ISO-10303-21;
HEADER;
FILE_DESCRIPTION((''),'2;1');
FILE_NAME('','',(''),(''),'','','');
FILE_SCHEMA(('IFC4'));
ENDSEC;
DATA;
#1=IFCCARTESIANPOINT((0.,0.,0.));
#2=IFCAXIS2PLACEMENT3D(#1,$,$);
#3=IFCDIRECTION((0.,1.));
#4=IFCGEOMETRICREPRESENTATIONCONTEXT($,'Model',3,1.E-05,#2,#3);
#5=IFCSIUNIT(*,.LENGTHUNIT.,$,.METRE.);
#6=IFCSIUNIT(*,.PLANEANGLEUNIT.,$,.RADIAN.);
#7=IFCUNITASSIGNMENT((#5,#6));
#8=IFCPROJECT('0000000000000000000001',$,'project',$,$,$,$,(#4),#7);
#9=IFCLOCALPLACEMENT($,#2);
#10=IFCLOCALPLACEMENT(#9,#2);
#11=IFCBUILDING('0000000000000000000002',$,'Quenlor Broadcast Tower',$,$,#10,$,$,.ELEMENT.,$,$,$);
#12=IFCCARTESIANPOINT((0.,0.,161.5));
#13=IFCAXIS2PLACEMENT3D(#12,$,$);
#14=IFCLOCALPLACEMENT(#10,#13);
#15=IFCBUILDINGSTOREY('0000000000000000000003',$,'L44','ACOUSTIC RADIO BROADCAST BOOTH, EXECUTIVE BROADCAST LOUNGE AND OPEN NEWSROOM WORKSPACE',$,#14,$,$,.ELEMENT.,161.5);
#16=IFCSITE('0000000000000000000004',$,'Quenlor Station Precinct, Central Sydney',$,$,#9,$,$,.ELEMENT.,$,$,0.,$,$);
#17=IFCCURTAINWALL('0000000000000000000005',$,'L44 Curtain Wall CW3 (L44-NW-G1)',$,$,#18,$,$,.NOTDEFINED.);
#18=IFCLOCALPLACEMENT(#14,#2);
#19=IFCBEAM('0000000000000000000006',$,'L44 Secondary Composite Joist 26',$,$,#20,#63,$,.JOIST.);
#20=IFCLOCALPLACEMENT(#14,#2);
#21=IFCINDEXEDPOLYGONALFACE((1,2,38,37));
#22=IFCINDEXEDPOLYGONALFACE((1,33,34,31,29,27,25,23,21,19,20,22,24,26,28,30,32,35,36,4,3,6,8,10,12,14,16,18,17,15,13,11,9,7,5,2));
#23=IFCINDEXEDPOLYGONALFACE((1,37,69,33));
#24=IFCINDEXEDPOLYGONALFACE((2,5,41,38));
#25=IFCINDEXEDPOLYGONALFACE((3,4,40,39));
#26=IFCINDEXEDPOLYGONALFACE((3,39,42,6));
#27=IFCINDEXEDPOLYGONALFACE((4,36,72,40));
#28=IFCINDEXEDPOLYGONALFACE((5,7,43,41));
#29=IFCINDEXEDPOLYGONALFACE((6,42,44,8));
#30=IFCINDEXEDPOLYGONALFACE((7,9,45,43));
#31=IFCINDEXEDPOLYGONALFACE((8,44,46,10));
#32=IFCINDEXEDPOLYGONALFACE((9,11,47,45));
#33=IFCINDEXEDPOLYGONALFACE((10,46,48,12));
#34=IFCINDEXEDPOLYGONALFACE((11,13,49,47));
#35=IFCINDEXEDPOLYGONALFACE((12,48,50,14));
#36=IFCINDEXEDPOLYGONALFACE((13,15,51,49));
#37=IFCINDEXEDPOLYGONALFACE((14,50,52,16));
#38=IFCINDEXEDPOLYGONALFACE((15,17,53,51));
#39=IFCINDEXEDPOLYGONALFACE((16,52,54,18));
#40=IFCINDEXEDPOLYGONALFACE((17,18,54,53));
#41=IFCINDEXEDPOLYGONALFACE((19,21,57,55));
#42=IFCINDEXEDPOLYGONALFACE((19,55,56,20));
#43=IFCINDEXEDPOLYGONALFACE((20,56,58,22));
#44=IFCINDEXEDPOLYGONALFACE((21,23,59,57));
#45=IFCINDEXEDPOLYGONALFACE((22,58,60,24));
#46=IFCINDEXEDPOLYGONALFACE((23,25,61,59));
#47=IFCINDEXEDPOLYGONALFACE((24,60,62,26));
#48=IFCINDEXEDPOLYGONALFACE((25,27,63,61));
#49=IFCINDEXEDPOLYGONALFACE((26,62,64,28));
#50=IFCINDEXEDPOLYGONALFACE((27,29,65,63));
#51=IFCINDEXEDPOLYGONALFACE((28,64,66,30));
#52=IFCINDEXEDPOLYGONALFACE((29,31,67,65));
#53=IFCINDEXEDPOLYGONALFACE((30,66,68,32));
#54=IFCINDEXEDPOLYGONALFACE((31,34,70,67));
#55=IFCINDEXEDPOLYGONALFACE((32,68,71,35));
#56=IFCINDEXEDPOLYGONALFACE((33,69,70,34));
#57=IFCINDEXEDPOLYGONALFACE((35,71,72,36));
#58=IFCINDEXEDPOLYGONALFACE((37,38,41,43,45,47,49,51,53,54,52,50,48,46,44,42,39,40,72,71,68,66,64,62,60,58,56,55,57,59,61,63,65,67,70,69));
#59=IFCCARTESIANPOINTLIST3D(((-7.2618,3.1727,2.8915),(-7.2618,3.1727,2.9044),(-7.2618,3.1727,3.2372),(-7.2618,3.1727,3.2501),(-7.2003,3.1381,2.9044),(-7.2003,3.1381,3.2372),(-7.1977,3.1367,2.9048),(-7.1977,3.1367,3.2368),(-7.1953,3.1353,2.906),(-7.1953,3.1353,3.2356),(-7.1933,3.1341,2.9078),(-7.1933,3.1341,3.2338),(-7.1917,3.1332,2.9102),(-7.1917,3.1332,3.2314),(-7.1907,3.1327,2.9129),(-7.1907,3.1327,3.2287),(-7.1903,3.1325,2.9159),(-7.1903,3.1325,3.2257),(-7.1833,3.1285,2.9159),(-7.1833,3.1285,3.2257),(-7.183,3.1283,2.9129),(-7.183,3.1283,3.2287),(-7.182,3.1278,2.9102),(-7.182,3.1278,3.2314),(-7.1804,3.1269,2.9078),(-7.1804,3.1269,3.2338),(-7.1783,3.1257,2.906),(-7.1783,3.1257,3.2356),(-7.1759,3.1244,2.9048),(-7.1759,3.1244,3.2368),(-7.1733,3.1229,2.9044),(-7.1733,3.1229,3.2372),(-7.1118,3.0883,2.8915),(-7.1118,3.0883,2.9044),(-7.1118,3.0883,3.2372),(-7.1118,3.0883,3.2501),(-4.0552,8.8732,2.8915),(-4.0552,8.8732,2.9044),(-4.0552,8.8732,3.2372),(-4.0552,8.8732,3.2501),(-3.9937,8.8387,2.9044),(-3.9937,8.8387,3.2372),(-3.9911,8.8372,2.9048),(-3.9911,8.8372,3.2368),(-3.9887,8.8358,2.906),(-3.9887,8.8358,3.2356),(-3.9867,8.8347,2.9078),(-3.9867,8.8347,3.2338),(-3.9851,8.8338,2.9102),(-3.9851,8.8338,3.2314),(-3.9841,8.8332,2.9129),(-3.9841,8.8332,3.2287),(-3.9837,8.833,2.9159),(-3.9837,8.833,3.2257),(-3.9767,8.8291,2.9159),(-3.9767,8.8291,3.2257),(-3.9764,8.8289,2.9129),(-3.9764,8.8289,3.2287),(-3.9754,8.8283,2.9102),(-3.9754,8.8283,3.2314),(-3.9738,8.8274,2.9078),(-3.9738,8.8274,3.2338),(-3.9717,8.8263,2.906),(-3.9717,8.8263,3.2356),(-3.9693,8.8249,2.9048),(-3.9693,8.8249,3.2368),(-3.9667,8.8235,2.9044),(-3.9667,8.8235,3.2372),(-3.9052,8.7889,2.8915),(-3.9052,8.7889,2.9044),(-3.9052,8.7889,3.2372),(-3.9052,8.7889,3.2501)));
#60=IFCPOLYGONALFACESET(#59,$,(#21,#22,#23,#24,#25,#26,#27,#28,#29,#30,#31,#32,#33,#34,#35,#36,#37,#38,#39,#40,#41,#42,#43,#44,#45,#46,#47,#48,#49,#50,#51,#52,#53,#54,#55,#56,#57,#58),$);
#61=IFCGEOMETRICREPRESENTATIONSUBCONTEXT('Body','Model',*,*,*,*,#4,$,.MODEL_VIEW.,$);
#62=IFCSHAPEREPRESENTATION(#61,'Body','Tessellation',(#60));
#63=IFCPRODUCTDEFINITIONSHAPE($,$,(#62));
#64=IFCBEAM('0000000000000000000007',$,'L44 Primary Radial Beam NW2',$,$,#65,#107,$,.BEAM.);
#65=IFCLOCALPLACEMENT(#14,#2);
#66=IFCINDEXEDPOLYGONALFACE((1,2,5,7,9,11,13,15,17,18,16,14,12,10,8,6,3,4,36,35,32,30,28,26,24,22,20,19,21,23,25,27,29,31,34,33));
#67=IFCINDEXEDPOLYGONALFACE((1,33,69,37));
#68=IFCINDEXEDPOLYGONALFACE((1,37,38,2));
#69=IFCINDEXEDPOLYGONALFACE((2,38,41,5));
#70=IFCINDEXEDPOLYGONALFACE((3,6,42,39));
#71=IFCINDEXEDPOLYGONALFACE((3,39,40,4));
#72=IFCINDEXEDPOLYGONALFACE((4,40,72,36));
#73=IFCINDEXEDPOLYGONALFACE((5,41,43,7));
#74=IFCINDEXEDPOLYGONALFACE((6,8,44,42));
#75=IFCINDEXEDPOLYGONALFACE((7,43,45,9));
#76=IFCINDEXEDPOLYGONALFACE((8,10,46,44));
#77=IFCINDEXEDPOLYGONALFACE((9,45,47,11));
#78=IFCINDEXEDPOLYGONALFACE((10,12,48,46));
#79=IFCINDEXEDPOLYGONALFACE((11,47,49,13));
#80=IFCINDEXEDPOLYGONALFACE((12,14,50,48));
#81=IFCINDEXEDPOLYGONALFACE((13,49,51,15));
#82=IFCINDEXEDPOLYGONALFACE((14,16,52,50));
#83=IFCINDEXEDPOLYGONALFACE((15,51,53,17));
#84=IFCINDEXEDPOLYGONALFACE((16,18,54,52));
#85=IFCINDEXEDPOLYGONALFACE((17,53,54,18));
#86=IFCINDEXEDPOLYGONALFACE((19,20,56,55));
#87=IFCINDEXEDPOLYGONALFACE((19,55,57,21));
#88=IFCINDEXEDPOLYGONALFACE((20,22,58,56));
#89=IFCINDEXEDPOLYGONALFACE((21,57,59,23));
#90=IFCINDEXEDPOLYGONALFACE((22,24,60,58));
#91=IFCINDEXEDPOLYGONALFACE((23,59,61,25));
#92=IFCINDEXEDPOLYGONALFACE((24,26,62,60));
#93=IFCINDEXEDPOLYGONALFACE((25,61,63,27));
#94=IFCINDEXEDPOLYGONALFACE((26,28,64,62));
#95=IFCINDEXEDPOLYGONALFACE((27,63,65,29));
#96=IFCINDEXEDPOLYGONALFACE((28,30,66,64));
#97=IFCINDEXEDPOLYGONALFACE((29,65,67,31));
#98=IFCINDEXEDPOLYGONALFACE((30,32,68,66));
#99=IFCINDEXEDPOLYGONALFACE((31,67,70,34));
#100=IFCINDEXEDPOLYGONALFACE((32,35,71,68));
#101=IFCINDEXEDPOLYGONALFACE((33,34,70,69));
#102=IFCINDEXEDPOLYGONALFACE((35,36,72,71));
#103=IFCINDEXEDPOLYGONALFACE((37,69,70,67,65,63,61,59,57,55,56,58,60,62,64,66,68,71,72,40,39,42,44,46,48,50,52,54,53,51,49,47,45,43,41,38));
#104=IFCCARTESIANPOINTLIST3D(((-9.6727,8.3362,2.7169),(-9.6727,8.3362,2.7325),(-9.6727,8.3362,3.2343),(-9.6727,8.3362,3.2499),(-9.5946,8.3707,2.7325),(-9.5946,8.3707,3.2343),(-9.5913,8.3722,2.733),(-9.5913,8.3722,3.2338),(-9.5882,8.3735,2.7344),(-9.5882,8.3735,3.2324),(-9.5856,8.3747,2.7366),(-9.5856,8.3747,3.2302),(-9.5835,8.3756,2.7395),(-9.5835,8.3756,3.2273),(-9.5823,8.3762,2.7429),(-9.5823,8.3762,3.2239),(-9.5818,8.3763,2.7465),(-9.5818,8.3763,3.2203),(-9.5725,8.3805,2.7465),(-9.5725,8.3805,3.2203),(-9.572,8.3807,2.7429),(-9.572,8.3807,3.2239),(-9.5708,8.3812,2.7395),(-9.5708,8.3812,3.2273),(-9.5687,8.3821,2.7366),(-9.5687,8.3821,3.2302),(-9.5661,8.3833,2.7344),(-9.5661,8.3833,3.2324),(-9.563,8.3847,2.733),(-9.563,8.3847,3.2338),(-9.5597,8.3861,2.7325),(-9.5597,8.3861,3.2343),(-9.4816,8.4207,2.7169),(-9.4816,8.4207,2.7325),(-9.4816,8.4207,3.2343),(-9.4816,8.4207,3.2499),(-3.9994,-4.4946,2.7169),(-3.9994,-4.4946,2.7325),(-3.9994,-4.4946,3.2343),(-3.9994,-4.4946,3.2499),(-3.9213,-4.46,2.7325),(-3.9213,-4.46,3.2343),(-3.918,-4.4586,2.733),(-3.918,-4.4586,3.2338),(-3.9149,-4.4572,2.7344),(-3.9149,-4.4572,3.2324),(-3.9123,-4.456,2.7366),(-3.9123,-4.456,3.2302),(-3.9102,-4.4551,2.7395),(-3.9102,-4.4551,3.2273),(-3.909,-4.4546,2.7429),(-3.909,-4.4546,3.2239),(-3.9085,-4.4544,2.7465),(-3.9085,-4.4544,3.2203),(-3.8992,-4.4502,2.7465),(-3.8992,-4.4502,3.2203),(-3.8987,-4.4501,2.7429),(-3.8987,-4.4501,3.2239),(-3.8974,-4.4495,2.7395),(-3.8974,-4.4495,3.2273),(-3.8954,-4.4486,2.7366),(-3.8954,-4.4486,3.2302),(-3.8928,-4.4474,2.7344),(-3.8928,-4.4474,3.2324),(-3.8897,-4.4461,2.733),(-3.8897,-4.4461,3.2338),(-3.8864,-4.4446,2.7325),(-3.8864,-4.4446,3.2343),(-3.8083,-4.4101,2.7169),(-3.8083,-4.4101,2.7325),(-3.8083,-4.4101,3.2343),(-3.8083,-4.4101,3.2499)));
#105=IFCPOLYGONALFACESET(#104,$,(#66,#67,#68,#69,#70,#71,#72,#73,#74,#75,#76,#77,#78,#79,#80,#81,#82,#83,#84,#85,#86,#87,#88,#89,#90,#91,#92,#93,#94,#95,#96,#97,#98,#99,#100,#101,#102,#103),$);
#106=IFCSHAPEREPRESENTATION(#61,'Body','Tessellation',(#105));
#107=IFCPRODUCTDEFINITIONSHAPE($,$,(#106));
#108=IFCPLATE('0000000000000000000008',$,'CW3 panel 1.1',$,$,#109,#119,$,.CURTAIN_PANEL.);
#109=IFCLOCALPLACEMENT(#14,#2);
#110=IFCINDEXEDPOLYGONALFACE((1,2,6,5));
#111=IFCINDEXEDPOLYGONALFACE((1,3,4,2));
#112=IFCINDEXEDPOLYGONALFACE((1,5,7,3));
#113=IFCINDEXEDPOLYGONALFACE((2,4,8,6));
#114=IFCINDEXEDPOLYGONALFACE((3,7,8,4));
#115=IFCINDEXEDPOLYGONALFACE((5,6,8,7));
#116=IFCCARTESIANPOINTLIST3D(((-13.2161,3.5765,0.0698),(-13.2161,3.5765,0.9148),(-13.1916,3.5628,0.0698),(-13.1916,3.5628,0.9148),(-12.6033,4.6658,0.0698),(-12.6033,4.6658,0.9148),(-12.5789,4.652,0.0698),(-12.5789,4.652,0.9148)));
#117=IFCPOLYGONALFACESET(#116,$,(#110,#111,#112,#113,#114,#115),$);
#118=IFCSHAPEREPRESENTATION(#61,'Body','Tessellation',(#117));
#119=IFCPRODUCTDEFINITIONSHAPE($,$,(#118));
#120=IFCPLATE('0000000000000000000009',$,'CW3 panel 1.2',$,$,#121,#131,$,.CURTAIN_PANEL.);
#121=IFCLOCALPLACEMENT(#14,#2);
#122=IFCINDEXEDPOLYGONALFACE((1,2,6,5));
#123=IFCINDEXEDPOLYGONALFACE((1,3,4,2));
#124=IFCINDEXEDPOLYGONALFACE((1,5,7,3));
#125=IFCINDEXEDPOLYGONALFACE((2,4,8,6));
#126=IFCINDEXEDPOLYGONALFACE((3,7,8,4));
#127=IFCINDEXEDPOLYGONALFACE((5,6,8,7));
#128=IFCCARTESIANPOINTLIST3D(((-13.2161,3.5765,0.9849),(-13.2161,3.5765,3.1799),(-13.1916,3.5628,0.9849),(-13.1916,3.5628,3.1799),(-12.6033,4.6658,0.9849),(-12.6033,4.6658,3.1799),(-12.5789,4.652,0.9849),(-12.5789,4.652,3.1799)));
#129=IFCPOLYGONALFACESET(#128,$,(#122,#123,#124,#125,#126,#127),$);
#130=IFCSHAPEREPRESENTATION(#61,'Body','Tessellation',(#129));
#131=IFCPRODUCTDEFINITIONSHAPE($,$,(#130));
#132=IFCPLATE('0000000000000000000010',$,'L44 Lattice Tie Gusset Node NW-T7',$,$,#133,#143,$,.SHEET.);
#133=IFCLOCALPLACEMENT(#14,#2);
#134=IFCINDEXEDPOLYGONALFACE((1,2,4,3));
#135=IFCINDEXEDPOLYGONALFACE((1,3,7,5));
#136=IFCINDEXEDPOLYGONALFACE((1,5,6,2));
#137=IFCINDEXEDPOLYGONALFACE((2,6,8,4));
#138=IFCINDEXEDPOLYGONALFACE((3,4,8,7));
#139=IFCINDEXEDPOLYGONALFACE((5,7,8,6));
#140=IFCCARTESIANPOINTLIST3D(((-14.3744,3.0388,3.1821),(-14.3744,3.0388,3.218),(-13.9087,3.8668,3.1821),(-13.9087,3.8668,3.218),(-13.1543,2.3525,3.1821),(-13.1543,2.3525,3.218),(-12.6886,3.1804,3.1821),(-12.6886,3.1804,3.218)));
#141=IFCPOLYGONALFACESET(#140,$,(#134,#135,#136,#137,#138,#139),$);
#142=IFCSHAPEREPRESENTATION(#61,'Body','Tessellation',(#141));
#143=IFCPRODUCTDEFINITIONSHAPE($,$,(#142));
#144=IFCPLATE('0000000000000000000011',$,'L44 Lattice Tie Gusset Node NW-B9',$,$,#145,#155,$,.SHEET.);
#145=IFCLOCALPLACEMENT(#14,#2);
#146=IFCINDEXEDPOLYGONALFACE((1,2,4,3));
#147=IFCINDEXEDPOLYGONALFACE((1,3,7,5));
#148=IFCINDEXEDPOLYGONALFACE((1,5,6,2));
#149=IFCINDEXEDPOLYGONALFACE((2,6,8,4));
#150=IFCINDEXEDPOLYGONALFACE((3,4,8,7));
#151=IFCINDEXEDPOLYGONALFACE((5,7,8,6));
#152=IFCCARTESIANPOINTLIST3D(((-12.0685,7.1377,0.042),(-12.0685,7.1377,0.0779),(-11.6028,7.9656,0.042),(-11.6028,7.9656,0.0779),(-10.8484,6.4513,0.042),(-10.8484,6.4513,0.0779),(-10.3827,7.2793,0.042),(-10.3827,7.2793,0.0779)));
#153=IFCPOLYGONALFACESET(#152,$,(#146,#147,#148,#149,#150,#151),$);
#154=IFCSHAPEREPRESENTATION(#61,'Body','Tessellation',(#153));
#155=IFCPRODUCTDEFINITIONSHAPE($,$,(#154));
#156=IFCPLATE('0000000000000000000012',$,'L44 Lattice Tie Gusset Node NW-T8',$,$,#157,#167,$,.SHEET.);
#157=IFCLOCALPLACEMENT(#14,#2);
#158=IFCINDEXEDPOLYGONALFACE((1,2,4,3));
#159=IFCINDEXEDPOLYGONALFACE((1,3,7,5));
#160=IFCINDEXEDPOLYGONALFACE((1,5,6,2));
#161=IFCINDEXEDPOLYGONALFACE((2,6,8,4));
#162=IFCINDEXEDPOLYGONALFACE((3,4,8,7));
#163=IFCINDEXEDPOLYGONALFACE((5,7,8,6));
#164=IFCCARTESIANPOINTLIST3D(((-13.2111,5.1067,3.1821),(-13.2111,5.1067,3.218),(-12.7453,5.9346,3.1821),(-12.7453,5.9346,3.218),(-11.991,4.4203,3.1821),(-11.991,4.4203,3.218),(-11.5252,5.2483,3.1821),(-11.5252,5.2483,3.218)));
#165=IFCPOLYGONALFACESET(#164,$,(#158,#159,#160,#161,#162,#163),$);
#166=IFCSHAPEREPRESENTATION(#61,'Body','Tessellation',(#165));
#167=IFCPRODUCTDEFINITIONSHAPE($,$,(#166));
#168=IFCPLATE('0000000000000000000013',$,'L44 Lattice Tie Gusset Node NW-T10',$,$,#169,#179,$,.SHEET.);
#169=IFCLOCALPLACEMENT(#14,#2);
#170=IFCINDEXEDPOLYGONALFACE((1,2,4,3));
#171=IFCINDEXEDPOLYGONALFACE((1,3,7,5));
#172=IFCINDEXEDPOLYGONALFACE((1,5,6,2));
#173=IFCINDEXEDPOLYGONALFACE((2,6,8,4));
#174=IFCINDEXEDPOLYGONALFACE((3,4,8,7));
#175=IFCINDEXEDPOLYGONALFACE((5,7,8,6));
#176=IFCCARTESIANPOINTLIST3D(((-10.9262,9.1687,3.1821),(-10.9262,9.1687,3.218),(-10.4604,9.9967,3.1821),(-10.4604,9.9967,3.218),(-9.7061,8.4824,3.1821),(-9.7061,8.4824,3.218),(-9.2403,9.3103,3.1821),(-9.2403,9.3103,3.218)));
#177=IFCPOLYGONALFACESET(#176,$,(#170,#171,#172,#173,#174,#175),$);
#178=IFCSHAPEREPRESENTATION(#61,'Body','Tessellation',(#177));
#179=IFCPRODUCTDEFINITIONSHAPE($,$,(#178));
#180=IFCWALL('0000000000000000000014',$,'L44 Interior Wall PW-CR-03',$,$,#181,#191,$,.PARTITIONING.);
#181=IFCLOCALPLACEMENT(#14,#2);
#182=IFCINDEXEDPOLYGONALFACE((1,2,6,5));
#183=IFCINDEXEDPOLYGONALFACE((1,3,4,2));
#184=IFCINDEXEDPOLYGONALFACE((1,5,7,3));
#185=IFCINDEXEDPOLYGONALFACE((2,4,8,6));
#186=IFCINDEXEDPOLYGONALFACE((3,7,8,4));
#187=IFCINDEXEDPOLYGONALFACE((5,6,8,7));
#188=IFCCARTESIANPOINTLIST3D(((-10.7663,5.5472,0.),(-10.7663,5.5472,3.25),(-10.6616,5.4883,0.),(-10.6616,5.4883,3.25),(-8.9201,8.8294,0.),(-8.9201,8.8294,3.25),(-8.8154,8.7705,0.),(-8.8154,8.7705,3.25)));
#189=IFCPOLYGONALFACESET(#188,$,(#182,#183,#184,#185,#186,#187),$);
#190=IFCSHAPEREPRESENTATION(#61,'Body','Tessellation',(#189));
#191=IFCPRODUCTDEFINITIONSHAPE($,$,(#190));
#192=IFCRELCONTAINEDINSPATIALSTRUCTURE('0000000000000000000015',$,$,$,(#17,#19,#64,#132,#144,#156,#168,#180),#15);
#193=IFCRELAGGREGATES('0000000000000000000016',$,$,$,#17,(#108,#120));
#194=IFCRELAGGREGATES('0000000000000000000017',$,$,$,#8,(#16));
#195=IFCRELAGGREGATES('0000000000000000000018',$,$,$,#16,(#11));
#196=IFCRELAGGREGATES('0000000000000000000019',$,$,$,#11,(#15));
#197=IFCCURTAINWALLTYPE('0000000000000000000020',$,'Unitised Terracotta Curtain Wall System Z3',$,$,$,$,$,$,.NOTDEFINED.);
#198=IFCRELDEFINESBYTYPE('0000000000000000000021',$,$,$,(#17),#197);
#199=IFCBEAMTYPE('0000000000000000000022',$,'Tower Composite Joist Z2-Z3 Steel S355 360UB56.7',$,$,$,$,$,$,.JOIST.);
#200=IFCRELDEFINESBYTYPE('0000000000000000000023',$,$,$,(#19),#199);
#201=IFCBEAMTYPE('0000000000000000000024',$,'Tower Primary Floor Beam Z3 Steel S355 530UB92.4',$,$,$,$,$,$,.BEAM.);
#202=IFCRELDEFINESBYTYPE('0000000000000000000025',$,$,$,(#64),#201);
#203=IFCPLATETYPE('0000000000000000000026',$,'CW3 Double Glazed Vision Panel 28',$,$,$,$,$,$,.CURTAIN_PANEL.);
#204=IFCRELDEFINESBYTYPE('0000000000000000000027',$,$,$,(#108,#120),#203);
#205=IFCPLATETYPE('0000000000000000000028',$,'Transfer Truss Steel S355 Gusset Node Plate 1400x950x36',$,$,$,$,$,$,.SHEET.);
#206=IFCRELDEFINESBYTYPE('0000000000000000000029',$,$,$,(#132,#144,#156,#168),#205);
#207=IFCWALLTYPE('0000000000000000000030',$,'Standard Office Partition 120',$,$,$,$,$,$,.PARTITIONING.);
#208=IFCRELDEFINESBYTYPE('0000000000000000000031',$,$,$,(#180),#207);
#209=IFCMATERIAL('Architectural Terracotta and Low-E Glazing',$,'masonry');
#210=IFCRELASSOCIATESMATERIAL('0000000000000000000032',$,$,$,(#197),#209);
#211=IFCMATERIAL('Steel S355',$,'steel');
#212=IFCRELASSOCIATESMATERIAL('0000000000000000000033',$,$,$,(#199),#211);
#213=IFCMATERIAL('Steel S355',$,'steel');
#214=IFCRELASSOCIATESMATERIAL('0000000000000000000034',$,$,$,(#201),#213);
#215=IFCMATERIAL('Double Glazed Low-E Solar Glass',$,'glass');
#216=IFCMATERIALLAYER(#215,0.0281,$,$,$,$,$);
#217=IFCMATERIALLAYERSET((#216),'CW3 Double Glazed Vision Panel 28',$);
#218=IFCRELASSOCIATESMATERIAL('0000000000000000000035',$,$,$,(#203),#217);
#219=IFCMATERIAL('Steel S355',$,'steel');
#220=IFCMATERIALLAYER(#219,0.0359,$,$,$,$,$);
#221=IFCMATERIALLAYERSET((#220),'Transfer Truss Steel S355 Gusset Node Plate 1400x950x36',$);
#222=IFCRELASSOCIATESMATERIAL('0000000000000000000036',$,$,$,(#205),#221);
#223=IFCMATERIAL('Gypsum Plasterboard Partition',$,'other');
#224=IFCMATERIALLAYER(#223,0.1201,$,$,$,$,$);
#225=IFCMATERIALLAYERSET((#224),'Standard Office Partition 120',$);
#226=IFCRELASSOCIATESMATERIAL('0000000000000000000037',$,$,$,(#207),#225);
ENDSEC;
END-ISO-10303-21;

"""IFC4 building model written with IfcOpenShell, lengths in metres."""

from ifc_helpers import new_model, si_unit, direction, frame, frame_2d, origin, origin_2d, place, context, subcontext, project, spatial, rectangle, i_section, extrude, material, layer, layer_set, material_profile, profile_set, type_object, element, aggregate, save


model = new_model("IFC4")

# Units and contexts
model_context = context("Model", 3, precision=1e-05, world=origin(), true_north=direction((0.0, 1.0)))
body_context = subcontext(model_context, "Body", "Model", "MODEL_VIEW")
ifc_project = project(units=[si_unit("LENGTHUNIT", "METRE"), si_unit("PLANEANGLEUNIT", "RADIAN")], contexts=[model_context])

# Site, building, storey
site_placement = place(None, origin())
site = spatial("IfcSite", under=ifc_project, at=site_placement, Name="Quenlor Station Precinct, Central Sydney", CompositionType="ELEMENT", RefElevation=0.0)
building_placement = place(site_placement, origin())
building = spatial("IfcBuilding", under=site, at=building_placement, Name="Quenlor Broadcast Tower", CompositionType="ELEMENT")
storey_placement = place(building_placement, frame((0.0, 0.0, 161.5)))
storey = spatial("IfcBuildingStorey", under=building, at=storey_placement, Name="L44", Description="ACOUSTIC RADIO BROADCAST BOOTH, EXECUTIVE BROADCAST LOUNGE AND OPEN NEWSROOM WORKSPACE", CompositionType="ELEMENT", Elevation=161.5)

# Shared definitions
ifc_material_1 = material(Name="Architectural Terracotta and Low-E Glazing", Category="masonry")
curtain_wall_type = type_object("IfcCurtainWallType", Name="Unitised Terracotta Curtain Wall System Z3", PredefinedType="NOTDEFINED", material=ifc_material_1)

# Curtain wall
curtain_wall_1_placement = place(storey_placement, origin())
curtain_wall_1 = element("IfcCurtainWall", 1, at=curtain_wall_1_placement, inside=storey, type_object=curtain_wall_type, Name="L44 Curtain Wall CW3 (L44-NW-G1)", PredefinedType="NOTDEFINED")

# Beams
ifc_material_2 = material(Name="Steel S355", Category="steel")
ifc_material_profile_1 = material_profile(ifc_material_2, i_section(OverallWidth=0.1721, OverallDepth=0.3586, WebThickness=0.0081, FlangeThickness=0.0129, FilletRadius=0.0115, at=origin_2d()))
ifc_profile_set_1 = profile_set([ifc_material_profile_1], Name="Steel S355 360UB56.7")
beam_type_1 = type_object("IfcBeamType", Name="Tower Composite Joist Z2-Z3 Steel S355 360UB56.7", PredefinedType="JOIST", material=ifc_profile_set_1)
beam_1_placement = place(storey_placement, frame((-3.9802, 8.8311, 3.0708), z_axis=(-0.490267, -0.871573, 0.0), x_axis=(0.871573, -0.490267, 0.0)))
element("IfcBeam", 2, at=beam_1_placement, inside=storey, type_object=beam_type_1, Name="L44 Secondary Composite Joist 26", PredefinedType="JOIST", context=body_context, shape_type="SweptSolid", body=[
    extrude(i_section(OverallWidth=0.1721, OverallDepth=0.3586, WebThickness=0.0081, FlangeThickness=0.0129, FilletRadius=0.0115, at=origin_2d()), origin(), (0.0, 0.0, 1.0), 6.5405),
])
ifc_material_3 = material(Name="Steel S355", Category="steel")
ifc_material_profile_2 = material_profile(ifc_material_3, i_section(OverallWidth=0.209, OverallDepth=0.533, WebThickness=0.0103, FlangeThickness=0.0156, FilletRadius=0.0139, at=origin_2d()))
ifc_profile_set_2 = profile_set([ifc_material_profile_2], Name="Steel S355 530UB92.4")
beam_type_2 = type_object("IfcBeamType", Name="Tower Primary Floor Beam Z3 Steel S355 530UB92.4", PredefinedType="BEAM", material=ifc_profile_set_2)
beam_2_placement = place(storey_placement, frame((-9.5771, 8.3784, 2.9834), z_axis=(0.404397, -0.914583, 0.0), x_axis=(0.914583, 0.404397, 0.0)))
element("IfcBeam", 3, at=beam_2_placement, inside=storey, type_object=beam_type_2, Name="L44 Primary Radial Beam NW2", PredefinedType="BEAM", context=body_context, shape_type="SweptSolid", body=[
    extrude(i_section(OverallWidth=0.209, OverallDepth=0.533, WebThickness=0.0103, FlangeThickness=0.0156, FilletRadius=0.0139, at=origin_2d()), origin(), (0.0, 0.0, 1.0), 14.0291),
])

# Plates
ifc_material_4 = material(Name="Double Glazed Low-E Solar Glass", Category="glass")
ifc_layer_1 = layer(ifc_material_4, 0.0281)
ifc_layer_set_1 = layer_set([ifc_layer_1], Name="CW3 Double Glazed Vision Panel 28")
plate_type_1 = type_object("IfcPlateType", Name="CW3 Double Glazed Vision Panel 28", PredefinedType="CURTAIN_PANEL", material=ifc_layer_set_1)
plate_1_placement = place(storey_placement, frame((-12.8975, 4.1143, 0.0698), z_axis=(0.0, 0.0, 1.0), x_axis=(0.490285, 0.871562, 0.0)))
plate_1 = element("IfcPlate", 4, at=plate_1_placement, type_object=plate_type_1, Name="CW3 panel 1.1", PredefinedType="CURTAIN_PANEL", context=body_context, shape_type="SweptSolid", body=[
    extrude(rectangle(XDim=1.2498, YDim=0.0281, at=origin_2d()), origin(), (0.0, 0.0, 1.0), 0.845),
])
plate_2_placement = place(storey_placement, frame((-12.8975, 4.1143, 0.9849), z_axis=(0.0, 0.0, 1.0), x_axis=(0.490285, 0.871562, 0.0)))
plate_2 = element("IfcPlate", 5, at=plate_2_placement, type_object=plate_type_1, Name="CW3 panel 1.2", PredefinedType="CURTAIN_PANEL", context=body_context, shape_type="SweptSolid", body=[
    extrude(rectangle(XDim=1.2498, YDim=0.0281, at=origin_2d()), origin(), (0.0, 0.0, 1.0), 2.1951),
])
aggregate(curtain_wall_1, [plate_1, plate_2])

# Plates
ifc_material_5 = material(Name="Steel S355", Category="steel")
ifc_layer_2 = layer(ifc_material_5, 0.0359)
ifc_layer_set_2 = layer_set([ifc_layer_2], Name="Transfer Truss Steel S355 Gusset Node Plate 1400x950x36")
plate_type_2 = type_object("IfcPlateType", Name="Transfer Truss Steel S355 Gusset Node Plate 1400x950x36", PredefinedType="SHEET", material=ifc_layer_set_2)
for number, where, z_axis, x_axis, name in (
    (6, (-13.5315, 3.1096, 3.1821), (0.0, 0.0, 1.0), (-0.871556, 0.490295, 0.0), "L44 Lattice Tie Gusset Node NW-T7"),
    (7, (-11.2256, 7.2085, 0.042), (0.0, 0.0, 1.0), (-0.871556, 0.490295, 0.0), "L44 Lattice Tie Gusset Node NW-B9"),
    (8, (-12.3682, 5.1775, 3.1821), (0.0, 0.0, 1.0), (-0.871556, 0.490295, 0.0), "L44 Lattice Tie Gusset Node NW-T8"),
    (9, (-10.0833, 9.2395, 3.1821), (0.0, 0.0, 1.0), (-0.871556, 0.490295, 0.0), "L44 Lattice Tie Gusset Node NW-T10"),
):
    element("IfcPlate", number, at=place(storey_placement, frame(where, z_axis=z_axis, x_axis=x_axis)), inside=storey, type_object=plate_type_2, Name=name, PredefinedType="SHEET", context=body_context, shape_type="SweptSolid", body=[
        extrude(rectangle(XDim=1.3999, YDim=0.95, at=origin_2d()), origin(), (0.0, 0.0, 1.0), 0.0359),
    ])

# Wall
ifc_material_6 = material(Name="Gypsum Plasterboard Partition", Category="other")
ifc_layer_3 = layer(ifc_material_6, 0.1201)
ifc_layer_set_3 = layer_set([ifc_layer_3], Name="Standard Office Partition 120")
wall_type_1 = type_object("IfcWallType", Name="Standard Office Partition 120", PredefinedType="PARTITIONING", material=ifc_layer_set_3)
wall_1_placement = place(storey_placement, frame((-10.7139, 5.5178, 0.0), z_axis=(0.0, 0.0, 1.0), x_axis=(0.490249, 0.871582, 0.0)))
element("IfcWall", 10, at=wall_1_placement, inside=storey, type_object=wall_type_1, Name="L44 Interior Wall PW-CR-03", PredefinedType="PARTITIONING", context=body_context, shape_type="SweptSolid", body=[
    extrude(rectangle(XDim=3.7659, YDim=0.1201, at=frame_2d((1.8828, 0.0))), origin(), (0.0, 0.0, 1.0), 3.25),
])

save(model, "model.ifc")
